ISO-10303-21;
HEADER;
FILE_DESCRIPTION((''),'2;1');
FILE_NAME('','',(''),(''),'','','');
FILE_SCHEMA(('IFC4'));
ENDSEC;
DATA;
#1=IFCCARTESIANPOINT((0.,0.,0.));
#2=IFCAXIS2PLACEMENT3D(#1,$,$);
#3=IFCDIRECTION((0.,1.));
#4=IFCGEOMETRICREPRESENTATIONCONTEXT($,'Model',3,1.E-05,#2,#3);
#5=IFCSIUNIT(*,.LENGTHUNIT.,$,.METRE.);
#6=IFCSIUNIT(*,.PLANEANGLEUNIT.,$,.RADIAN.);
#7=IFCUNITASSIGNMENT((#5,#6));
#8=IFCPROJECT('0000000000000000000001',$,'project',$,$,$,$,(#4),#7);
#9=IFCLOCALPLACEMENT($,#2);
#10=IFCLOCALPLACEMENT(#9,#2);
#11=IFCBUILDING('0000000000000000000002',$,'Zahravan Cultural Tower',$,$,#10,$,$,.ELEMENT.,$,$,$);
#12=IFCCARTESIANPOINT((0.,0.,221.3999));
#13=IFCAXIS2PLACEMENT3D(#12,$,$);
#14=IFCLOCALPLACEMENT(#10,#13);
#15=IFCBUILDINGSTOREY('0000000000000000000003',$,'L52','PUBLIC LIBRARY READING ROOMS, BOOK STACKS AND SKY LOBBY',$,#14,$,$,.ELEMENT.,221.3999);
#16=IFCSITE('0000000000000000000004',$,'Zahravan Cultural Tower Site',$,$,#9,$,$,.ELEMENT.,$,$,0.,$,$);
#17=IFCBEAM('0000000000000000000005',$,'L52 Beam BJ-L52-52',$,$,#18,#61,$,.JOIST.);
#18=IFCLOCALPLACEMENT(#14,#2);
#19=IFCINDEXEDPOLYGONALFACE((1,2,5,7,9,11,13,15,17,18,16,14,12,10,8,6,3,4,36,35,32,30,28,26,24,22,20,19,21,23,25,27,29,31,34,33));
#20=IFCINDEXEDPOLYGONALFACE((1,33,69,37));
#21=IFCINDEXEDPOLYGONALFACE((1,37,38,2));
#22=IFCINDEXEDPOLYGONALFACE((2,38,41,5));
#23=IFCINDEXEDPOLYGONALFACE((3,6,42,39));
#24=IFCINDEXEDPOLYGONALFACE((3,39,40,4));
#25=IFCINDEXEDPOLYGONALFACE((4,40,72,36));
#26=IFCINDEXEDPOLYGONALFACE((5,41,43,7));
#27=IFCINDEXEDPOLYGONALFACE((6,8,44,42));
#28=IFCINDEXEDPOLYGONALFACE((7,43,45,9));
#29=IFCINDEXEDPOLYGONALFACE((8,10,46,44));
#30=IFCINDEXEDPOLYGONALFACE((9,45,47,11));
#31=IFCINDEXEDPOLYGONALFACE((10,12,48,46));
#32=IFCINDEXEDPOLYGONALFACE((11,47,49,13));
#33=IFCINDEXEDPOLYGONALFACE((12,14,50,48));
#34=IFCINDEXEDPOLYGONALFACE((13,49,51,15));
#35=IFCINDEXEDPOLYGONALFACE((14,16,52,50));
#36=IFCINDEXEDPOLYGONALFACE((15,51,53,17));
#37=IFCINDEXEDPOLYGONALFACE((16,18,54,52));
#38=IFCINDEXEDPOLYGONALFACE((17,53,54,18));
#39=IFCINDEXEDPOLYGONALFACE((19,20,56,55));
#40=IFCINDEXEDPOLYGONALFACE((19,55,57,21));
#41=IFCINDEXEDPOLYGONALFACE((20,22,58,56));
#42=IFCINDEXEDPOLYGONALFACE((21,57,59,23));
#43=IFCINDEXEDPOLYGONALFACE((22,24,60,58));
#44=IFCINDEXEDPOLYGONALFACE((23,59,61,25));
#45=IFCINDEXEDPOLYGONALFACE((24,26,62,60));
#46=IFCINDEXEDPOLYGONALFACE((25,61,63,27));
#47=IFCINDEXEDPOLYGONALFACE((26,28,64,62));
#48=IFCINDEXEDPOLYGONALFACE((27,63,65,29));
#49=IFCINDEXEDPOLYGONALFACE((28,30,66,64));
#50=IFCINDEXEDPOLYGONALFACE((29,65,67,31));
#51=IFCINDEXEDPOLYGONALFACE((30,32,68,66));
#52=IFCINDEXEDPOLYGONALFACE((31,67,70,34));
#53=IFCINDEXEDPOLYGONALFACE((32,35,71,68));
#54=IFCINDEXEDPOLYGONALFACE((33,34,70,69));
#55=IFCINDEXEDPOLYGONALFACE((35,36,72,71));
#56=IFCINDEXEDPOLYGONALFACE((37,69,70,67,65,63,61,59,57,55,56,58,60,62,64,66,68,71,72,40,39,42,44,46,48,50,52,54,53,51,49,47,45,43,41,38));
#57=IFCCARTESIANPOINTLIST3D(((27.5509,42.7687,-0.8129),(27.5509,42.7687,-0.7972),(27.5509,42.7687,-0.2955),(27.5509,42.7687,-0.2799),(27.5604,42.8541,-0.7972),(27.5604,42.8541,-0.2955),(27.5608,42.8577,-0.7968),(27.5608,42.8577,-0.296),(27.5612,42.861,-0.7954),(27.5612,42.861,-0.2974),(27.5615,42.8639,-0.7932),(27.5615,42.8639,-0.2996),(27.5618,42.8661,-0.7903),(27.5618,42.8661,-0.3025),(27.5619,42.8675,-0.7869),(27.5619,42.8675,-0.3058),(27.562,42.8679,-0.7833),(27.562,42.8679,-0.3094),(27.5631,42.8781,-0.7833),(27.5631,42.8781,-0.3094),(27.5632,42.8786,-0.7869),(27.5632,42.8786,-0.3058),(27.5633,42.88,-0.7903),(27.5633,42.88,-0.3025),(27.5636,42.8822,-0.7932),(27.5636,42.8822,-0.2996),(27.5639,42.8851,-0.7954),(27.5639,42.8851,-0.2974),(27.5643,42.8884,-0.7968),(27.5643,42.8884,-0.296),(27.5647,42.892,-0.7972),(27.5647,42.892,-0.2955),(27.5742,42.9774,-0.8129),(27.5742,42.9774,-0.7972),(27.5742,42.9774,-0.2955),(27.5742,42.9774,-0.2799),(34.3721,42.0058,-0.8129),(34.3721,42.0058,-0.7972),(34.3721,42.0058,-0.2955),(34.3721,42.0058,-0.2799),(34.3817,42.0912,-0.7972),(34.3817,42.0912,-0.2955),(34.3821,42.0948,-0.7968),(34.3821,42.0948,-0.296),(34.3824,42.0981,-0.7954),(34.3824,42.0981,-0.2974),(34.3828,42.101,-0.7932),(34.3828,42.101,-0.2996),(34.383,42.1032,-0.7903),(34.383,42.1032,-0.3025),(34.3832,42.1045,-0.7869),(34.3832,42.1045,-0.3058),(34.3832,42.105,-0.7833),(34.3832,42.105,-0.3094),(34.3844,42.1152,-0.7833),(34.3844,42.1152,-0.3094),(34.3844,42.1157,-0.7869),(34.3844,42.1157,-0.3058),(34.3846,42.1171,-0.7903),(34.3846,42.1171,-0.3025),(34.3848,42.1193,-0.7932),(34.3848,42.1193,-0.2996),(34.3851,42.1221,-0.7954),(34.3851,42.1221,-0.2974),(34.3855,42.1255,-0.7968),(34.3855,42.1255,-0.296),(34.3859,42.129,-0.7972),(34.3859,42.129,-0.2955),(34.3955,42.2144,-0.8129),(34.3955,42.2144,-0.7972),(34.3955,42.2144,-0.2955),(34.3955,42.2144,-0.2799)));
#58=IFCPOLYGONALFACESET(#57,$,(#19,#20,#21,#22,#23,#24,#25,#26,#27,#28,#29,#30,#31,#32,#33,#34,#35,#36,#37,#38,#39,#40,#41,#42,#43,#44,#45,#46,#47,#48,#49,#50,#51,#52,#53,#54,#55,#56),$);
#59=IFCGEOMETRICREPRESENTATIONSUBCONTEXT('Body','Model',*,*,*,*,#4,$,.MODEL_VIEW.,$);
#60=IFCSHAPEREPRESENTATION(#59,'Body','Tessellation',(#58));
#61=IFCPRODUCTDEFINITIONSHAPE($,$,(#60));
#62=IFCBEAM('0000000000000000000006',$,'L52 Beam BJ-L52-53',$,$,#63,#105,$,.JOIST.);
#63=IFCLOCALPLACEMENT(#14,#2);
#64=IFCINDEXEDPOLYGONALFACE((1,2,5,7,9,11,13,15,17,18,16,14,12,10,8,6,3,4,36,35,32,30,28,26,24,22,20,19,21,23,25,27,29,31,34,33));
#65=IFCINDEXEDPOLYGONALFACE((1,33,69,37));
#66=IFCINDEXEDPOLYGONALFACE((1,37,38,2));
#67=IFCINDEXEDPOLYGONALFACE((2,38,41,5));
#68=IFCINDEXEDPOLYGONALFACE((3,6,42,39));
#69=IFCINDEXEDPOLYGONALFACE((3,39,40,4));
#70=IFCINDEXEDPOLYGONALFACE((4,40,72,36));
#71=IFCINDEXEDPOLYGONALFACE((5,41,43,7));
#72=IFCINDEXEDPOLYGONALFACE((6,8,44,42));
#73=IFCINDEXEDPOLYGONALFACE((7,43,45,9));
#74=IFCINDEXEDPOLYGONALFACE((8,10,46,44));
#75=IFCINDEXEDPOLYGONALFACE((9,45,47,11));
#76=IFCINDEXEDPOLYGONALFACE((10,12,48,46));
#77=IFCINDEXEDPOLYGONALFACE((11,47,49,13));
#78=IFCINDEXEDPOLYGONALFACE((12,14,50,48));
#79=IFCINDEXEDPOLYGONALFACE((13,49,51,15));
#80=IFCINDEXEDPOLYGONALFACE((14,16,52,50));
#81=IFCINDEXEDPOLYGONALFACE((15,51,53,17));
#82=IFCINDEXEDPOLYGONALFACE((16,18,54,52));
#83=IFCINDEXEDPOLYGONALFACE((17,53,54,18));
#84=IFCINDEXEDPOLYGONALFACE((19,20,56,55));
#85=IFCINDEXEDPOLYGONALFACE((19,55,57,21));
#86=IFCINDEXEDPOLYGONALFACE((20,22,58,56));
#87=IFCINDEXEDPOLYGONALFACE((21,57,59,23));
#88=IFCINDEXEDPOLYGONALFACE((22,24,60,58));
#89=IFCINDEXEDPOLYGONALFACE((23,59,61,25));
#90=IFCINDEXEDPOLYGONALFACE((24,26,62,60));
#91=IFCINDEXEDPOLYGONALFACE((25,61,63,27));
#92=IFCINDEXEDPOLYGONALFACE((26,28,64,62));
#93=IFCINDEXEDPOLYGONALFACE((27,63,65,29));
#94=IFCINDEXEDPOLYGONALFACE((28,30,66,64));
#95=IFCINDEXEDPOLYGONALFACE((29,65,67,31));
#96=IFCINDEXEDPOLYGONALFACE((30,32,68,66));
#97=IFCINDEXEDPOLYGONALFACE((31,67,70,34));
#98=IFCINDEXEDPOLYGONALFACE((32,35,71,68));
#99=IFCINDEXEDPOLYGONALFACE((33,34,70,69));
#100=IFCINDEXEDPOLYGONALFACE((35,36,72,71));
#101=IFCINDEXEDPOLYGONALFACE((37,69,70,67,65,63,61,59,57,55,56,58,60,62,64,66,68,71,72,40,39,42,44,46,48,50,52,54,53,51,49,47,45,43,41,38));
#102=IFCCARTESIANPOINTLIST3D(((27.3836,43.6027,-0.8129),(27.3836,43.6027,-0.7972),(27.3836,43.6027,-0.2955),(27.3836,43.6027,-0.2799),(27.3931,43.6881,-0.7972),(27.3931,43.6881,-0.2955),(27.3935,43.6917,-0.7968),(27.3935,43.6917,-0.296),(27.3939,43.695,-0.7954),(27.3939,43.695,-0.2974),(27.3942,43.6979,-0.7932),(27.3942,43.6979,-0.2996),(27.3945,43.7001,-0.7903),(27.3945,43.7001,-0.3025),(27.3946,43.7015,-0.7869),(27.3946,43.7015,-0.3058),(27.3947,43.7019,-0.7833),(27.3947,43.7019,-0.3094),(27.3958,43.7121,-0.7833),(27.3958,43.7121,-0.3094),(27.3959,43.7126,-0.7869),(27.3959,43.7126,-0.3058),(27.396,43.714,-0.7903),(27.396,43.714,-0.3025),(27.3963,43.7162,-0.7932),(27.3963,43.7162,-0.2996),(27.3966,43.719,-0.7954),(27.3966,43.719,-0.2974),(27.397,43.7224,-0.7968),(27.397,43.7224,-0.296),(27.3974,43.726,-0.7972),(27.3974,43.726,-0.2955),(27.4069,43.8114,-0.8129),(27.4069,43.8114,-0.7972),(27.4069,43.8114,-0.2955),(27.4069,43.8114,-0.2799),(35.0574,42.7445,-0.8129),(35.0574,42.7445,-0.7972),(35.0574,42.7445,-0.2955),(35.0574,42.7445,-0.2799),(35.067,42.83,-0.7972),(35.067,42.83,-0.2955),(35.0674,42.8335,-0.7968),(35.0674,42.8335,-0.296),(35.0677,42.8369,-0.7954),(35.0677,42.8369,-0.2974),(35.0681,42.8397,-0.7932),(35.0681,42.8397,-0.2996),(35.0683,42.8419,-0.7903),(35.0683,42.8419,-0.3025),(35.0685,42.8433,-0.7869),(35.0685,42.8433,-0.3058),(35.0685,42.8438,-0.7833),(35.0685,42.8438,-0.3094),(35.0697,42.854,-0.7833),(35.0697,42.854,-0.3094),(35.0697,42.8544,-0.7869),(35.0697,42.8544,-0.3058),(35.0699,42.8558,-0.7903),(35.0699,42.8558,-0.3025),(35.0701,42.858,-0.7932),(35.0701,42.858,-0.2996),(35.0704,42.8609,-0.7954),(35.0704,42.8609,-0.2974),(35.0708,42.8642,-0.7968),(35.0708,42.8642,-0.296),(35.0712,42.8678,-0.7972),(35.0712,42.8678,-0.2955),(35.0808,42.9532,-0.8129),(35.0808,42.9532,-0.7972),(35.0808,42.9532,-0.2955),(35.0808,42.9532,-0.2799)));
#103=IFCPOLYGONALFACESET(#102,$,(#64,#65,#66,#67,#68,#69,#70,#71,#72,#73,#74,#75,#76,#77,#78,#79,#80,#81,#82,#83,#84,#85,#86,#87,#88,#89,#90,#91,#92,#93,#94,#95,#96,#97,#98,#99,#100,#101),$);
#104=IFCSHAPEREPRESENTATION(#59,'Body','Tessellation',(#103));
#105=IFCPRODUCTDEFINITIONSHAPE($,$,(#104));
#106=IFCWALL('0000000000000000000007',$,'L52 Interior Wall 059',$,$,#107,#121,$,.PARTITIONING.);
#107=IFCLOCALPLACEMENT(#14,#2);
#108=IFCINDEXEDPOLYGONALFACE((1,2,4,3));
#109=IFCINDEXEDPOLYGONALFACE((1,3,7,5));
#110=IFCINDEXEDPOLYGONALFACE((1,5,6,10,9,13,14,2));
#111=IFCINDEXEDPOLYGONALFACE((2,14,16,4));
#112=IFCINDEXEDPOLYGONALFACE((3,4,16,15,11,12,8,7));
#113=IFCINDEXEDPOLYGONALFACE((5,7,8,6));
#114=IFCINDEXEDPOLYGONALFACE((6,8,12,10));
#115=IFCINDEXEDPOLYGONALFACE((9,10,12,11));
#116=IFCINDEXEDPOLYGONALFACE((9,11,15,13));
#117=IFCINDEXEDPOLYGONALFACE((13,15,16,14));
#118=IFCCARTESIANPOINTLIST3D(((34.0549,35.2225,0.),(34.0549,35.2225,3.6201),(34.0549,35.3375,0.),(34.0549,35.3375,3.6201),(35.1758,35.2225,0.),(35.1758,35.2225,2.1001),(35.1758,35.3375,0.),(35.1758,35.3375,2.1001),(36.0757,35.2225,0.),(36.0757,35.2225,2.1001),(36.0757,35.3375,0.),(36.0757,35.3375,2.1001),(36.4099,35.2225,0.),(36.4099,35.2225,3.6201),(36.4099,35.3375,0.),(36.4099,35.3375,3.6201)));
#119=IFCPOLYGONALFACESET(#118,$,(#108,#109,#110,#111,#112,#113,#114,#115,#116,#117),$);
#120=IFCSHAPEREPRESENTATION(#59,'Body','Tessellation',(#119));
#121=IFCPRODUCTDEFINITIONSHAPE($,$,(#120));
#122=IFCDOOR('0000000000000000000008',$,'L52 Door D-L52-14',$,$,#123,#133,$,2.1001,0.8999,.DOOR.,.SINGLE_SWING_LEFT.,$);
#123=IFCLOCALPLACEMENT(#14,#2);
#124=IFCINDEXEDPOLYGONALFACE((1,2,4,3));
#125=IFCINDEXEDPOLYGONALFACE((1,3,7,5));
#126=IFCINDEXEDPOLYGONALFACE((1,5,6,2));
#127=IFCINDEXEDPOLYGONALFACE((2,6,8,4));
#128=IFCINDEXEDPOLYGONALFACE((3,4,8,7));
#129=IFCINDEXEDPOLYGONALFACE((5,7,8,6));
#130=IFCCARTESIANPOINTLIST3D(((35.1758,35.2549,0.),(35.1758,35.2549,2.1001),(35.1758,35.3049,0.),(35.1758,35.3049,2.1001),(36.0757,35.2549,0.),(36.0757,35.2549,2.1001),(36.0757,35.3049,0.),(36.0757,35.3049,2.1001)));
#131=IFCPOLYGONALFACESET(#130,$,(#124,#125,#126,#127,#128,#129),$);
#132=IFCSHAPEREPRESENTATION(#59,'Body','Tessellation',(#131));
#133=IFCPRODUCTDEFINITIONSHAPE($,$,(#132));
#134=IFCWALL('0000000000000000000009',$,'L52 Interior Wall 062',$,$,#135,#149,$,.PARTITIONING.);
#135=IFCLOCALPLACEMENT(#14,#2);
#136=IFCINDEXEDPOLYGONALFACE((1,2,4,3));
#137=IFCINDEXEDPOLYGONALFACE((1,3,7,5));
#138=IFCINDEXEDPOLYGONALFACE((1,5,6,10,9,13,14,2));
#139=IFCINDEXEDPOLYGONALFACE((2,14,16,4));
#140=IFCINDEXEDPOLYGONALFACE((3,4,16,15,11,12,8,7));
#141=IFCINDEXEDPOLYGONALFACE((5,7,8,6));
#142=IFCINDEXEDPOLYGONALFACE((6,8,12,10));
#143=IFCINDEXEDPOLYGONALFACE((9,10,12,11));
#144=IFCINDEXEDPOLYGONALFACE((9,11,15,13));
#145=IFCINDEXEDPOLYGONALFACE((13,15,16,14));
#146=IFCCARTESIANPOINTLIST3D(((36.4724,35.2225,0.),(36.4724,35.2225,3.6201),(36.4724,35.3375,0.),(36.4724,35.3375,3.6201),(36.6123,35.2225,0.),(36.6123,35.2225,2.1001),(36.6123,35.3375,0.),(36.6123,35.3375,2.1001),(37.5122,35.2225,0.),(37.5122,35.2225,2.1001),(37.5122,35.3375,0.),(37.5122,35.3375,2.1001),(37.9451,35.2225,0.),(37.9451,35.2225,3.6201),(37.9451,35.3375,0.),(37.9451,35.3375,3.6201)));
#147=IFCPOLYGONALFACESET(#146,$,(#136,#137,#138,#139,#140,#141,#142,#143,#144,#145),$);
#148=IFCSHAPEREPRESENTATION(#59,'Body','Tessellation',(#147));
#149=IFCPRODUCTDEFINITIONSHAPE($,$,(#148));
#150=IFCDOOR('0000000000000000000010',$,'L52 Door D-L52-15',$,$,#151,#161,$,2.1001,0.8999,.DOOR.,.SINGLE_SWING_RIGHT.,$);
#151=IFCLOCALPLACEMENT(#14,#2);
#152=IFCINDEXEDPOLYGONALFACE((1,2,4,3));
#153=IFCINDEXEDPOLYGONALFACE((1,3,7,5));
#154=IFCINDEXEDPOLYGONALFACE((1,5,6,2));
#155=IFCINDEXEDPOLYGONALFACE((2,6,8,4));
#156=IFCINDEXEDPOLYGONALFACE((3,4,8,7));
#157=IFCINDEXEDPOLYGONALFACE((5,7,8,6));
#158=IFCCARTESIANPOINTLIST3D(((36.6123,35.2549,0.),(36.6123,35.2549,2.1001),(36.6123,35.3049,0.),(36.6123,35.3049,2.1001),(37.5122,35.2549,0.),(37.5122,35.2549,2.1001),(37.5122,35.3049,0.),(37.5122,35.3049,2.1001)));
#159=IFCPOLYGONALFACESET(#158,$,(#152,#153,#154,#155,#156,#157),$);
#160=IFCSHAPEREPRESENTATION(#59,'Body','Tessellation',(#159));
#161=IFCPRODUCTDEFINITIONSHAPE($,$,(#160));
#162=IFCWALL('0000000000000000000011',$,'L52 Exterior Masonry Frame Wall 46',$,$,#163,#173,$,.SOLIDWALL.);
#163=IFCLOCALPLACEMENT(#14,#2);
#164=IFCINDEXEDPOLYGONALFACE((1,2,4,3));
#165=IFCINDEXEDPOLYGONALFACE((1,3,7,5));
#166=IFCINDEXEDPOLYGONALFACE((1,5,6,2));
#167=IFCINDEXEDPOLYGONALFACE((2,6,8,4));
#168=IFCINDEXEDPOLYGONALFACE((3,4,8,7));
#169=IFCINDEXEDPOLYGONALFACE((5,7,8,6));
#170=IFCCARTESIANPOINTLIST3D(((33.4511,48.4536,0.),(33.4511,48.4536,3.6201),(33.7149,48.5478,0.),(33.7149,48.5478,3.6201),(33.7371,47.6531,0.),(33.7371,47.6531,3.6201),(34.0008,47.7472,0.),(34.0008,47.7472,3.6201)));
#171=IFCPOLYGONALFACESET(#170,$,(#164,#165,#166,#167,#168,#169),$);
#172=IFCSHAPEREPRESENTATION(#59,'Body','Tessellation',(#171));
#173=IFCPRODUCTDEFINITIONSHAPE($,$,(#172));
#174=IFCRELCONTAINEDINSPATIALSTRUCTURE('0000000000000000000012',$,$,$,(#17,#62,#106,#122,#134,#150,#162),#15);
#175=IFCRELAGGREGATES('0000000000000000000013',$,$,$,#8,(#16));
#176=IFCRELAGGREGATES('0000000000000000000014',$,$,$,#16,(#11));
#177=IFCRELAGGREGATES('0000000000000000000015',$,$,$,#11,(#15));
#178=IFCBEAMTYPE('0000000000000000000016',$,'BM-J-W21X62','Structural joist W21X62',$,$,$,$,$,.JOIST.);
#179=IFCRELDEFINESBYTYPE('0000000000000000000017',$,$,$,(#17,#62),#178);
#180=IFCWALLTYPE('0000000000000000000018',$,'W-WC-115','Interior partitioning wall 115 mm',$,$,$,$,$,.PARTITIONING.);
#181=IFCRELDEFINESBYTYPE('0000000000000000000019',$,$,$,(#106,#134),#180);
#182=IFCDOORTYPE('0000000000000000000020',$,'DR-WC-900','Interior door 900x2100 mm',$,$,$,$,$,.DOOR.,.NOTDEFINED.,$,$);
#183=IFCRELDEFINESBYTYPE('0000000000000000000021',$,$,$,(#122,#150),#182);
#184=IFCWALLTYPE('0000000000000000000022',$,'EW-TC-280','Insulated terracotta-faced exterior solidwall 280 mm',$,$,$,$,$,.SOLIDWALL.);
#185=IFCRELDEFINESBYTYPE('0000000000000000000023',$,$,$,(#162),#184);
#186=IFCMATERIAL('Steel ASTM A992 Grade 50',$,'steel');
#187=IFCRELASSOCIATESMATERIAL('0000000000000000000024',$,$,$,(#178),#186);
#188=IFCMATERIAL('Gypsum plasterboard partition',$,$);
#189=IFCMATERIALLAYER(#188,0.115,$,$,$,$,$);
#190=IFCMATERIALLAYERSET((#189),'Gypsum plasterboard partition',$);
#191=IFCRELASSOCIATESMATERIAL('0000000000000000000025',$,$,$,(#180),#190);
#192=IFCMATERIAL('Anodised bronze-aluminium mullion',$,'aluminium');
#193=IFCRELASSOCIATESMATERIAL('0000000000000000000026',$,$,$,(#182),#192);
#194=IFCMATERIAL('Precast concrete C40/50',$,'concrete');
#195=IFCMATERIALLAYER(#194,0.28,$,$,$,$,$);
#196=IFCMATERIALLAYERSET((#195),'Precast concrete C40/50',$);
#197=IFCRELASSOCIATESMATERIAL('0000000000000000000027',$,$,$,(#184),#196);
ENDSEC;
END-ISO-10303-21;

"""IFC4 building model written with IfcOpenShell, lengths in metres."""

from ifc_helpers import new_model, si_unit, direction, frame, frame_2d, origin, origin_2d, place, context, subcontext, project, spatial, rectangle, i_section, extrude, source, transform, mapped, material, layer, layer_set, material_profile, profile_set, type_object, element, fill, save


model = new_model("IFC4")

# Units and contexts
model_context = context("Model", 3, precision=1e-05, world=origin(), true_north=direction((0.0, 1.0)))
body_context = subcontext(model_context, "Body", "Model", "MODEL_VIEW")
ifc_project = project(units=[si_unit("LENGTHUNIT", "METRE"), si_unit("PLANEANGLEUNIT", "RADIAN")], contexts=[model_context])

# Site, building, storey
site_placement = place(None, origin())
site = spatial("IfcSite", under=ifc_project, at=site_placement, Name="Zahravan Cultural Tower Site", CompositionType="ELEMENT", RefElevation=0.0)
building_placement = place(site_placement, origin())
building = spatial("IfcBuilding", under=site, at=building_placement, Name="Zahravan Cultural Tower", CompositionType="ELEMENT")
storey_placement = place(building_placement, frame((0.0, 0.0, 221.3999)))
storey = spatial("IfcBuildingStorey", under=building, at=storey_placement, Name="L52", Description="PUBLIC LIBRARY READING ROOMS, BOOK STACKS AND SKY LOBBY", CompositionType="ELEMENT", Elevation=221.3999)

# Shared definitions
ifc_material_1 = material(Name="Steel ASTM A992 Grade 50", Category="steel")

# Beams
ifc_material_profile_1 = material_profile(ifc_material_1, i_section(OverallWidth=0.21, OverallDepth=0.533, WebThickness=0.0103, FlangeThickness=0.0156, FilletRadius=0.0139, at=origin_2d()), Name="W21X62")
ifc_profile_set_1 = profile_set([ifc_material_profile_1], Name="Steel ASTM A992 Grade 50")
beam_type_1 = type_object("IfcBeamType", Name="BM-J-W21X62", Description="Structural joist W21X62", PredefinedType="JOIST", material=ifc_profile_set_1)
shared_shape_1 = source(origin(), body_context, "Body", "SweptSolid", [
    extrude(i_section(OverallWidth=0.21, OverallDepth=0.533, WebThickness=0.0103, FlangeThickness=0.0156, FilletRadius=0.0139, at=origin_2d()), origin(), (0.0, 0.0, 1.0), 6.8638),
])
beam_1_placement = place(storey_placement, frame((34.3838, 42.1101, -0.5464), z_axis=(-0.993803, 0.111154, 0.0), x_axis=(-0.111154, -0.993803, 0.0)))
element("IfcBeam", 1, at=beam_1_placement, inside=storey, type_object=beam_type_1, Name="L52 Beam BJ-L52-52", PredefinedType="JOIST", context=body_context, shape_type="MappedRepresentation", body=[
    mapped(shared_shape_1, transform((0.0, 0.0, 0.0), x_axis=(1.0, 0.0, 0.0), y_axis=(0.0, 1.0, 0.0), z_axis=(0.0, 0.0, 1.0), scale=1.0)),
])
shared_shape_2 = source(origin(), body_context, "Body", "SweptSolid", [
    extrude(i_section(OverallWidth=0.21, OverallDepth=0.533, WebThickness=0.0103, FlangeThickness=0.0156, FilletRadius=0.0139, at=origin_2d()), origin(), (0.0, 0.0, 1.0), 7.7217),
])
beam_2_placement = place(storey_placement, frame((35.0691, 42.8489, -0.5464), z_axis=(-0.993805, 0.111136, 0.0), x_axis=(-0.111136, -0.993805, 0.0)))
element("IfcBeam", 2, at=beam_2_placement, inside=storey, type_object=beam_type_1, Name="L52 Beam BJ-L52-53", PredefinedType="JOIST", context=body_context, shape_type="MappedRepresentation", body=[
    mapped(shared_shape_2, transform((0.0, 0.0, 0.0), x_axis=(1.0, 0.0, 0.0), y_axis=(0.0, 1.0, 0.0), z_axis=(0.0, 0.0, 1.0), scale=1.0)),
])

# Walls, openings, doors
ifc_material_2 = material(Name="Gypsum plasterboard partition")
ifc_layer_1 = layer(ifc_material_2, 0.115)
ifc_layer_set_1 = layer_set([ifc_layer_1], Name="Gypsum plasterboard partition")
wall_type_1 = type_object("IfcWallType", Name="W-WC-115", Description="Interior partitioning wall 115 mm", PredefinedType="PARTITIONING", material=ifc_layer_set_1)
wall_1_placement = place(storey_placement, frame((34.0549, 35.28, 0.0), z_axis=(0.0, 0.0, 1.0), x_axis=(1.0, 0.0, 0.0)))
wall_1 = element("IfcWall", 3, at=wall_1_placement, inside=storey, type_object=wall_type_1, Name="L52 Interior Wall 059", PredefinedType="PARTITIONING", context=body_context, shape_type="SweptSolid", body=[
    extrude(rectangle(XDim=2.355, YDim=0.115, at=frame_2d((1.1775, 0.0))), origin(), (0.0, 0.0, 1.0), 3.6201),
])
opening_1_placement = place(wall_1_placement, frame((1.1208, 0.0, 0.0)))
opening_1 = element("IfcOpeningElement", 4, at=opening_1_placement, cuts=wall_1, PredefinedType="OPENING", context=body_context, shape_type="SweptSolid", body=[
    extrude(rectangle(XDim=0.8999, YDim=2.1001, at=frame_2d((0.45, 1.05))), frame((0.0, 0.0674, 0.0), z_axis=(0.0, -1.0, 0.0), x_axis=(1.0, 0.0, 0.0)), (0.0, 0.0, 1.0), 0.135),
])
ifc_material_3 = material(Name="Anodised bronze-aluminium mullion", Category="aluminium")
door_type = type_object("IfcDoorType", Name="DR-WC-900", Description="Interior door 900x2100 mm", OperationType="NOTDEFINED", PredefinedType="DOOR", material=ifc_material_3)
shared_shape_3 = source(origin(), body_context, "Body", "SweptSolid", [
    extrude(rectangle(XDim=0.8999, YDim=2.1001, at=frame_2d((0.45, 1.05))), frame((0.0, 0.0249, 0.0), z_axis=(0.0, -1.0, 0.0), x_axis=(1.0, 0.0, 0.0)), (0.0, 0.0, 1.0), 0.05),
])
door_1_placement = place(opening_1_placement, origin())
door_1 = element("IfcDoor", 5, at=door_1_placement, inside=storey, type_object=door_type, Name="L52 Door D-L52-14", OperationType="SINGLE_SWING_LEFT", OverallHeight=2.1001, OverallWidth=0.8999, PredefinedType="DOOR", context=body_context, shape_type="MappedRepresentation", body=[
    mapped(shared_shape_3, transform((0.0, 0.0, 0.0), x_axis=(1.0, 0.0, 0.0), y_axis=(0.0, 1.0, 0.0), z_axis=(0.0, 0.0, 1.0), scale=1.0)),
])
fill(opening_1, door_1)
wall_2_placement = place(storey_placement, frame((36.4724, 35.28, 0.0), z_axis=(0.0, 0.0, 1.0), x_axis=(1.0, 0.0, 0.0)))
wall_2 = element("IfcWall", 6, at=wall_2_placement, inside=storey, type_object=wall_type_1, Name="L52 Interior Wall 062", PredefinedType="PARTITIONING", context=body_context, shape_type="SweptSolid", body=[
    extrude(rectangle(XDim=1.4727, YDim=0.115, at=frame_2d((0.7363, 0.0))), origin(), (0.0, 0.0, 1.0), 3.6201),
])
opening_2_placement = place(wall_2_placement, frame((0.1399, 0.0, 0.0)))
opening_2 = element("IfcOpeningElement", 7, at=opening_2_placement, cuts=wall_2, PredefinedType="OPENING", context=body_context, shape_type="SweptSolid", body=[
    extrude(rectangle(XDim=0.8999, YDim=2.1001, at=frame_2d((0.45, 1.05))), frame((0.0, 0.0674, 0.0), z_axis=(0.0, -1.0, 0.0), x_axis=(1.0, 0.0, 0.0)), (0.0, 0.0, 1.0), 0.135),
])
door_2_placement = place(opening_2_placement, origin())
door_2 = element("IfcDoor", 8, at=door_2_placement, inside=storey, type_object=door_type, Name="L52 Door D-L52-15", OperationType="SINGLE_SWING_RIGHT", OverallHeight=2.1001, OverallWidth=0.8999, PredefinedType="DOOR", context=body_context, shape_type="MappedRepresentation", body=[
    mapped(shared_shape_3, transform((0.0, 0.0, 0.0), x_axis=(1.0, 0.0, 0.0), y_axis=(0.0, 1.0, 0.0), z_axis=(0.0, 0.0, 1.0), scale=1.0)),
])
fill(opening_2, door_2)

# Wall
ifc_material_4 = material(Name="Precast concrete C40/50", Category="concrete")
ifc_layer_2 = layer(ifc_material_4, 0.28)
ifc_layer_set_2 = layer_set([ifc_layer_2], Name="Precast concrete C40/50")
wall_type_2 = type_object("IfcWallType", Name="EW-TC-280", Description="Insulated terracotta-faced exterior solidwall 280 mm", PredefinedType="SOLIDWALL", material=ifc_layer_set_2)
shared_shape_4 = source(origin(), body_context, "Body", "SweptSolid", [
    extrude(rectangle(XDim=0.8501, YDim=0.28, at=frame_2d((0.425, 0.0))), origin(), (0.0, 0.0, 1.0), 3.6201),
])
for number, where, z_axis, x_axis, name in (
    (9, (33.583, 48.5007, 0.0), (0.0, 0.0, 1.0), (0.336318, -0.941748, 0.0), "L52 Exterior Masonry Frame Wall 46"),
):
    element("IfcWall", number, at=place(storey_placement, frame(where, z_axis=z_axis, x_axis=x_axis)), inside=storey, type_object=wall_type_2, Name=name, PredefinedType="SOLIDWALL", context=body_context, shape_type="MappedRepresentation", body=[
        mapped(shared_shape_4, transform((0.0, 0.0, 0.0), x_axis=(1.0, 0.0, 0.0), y_axis=(0.0, 1.0, 0.0), z_axis=(0.0, 0.0, 1.0), scale=1.0)),
    ])

save(model, "model.ifc")
